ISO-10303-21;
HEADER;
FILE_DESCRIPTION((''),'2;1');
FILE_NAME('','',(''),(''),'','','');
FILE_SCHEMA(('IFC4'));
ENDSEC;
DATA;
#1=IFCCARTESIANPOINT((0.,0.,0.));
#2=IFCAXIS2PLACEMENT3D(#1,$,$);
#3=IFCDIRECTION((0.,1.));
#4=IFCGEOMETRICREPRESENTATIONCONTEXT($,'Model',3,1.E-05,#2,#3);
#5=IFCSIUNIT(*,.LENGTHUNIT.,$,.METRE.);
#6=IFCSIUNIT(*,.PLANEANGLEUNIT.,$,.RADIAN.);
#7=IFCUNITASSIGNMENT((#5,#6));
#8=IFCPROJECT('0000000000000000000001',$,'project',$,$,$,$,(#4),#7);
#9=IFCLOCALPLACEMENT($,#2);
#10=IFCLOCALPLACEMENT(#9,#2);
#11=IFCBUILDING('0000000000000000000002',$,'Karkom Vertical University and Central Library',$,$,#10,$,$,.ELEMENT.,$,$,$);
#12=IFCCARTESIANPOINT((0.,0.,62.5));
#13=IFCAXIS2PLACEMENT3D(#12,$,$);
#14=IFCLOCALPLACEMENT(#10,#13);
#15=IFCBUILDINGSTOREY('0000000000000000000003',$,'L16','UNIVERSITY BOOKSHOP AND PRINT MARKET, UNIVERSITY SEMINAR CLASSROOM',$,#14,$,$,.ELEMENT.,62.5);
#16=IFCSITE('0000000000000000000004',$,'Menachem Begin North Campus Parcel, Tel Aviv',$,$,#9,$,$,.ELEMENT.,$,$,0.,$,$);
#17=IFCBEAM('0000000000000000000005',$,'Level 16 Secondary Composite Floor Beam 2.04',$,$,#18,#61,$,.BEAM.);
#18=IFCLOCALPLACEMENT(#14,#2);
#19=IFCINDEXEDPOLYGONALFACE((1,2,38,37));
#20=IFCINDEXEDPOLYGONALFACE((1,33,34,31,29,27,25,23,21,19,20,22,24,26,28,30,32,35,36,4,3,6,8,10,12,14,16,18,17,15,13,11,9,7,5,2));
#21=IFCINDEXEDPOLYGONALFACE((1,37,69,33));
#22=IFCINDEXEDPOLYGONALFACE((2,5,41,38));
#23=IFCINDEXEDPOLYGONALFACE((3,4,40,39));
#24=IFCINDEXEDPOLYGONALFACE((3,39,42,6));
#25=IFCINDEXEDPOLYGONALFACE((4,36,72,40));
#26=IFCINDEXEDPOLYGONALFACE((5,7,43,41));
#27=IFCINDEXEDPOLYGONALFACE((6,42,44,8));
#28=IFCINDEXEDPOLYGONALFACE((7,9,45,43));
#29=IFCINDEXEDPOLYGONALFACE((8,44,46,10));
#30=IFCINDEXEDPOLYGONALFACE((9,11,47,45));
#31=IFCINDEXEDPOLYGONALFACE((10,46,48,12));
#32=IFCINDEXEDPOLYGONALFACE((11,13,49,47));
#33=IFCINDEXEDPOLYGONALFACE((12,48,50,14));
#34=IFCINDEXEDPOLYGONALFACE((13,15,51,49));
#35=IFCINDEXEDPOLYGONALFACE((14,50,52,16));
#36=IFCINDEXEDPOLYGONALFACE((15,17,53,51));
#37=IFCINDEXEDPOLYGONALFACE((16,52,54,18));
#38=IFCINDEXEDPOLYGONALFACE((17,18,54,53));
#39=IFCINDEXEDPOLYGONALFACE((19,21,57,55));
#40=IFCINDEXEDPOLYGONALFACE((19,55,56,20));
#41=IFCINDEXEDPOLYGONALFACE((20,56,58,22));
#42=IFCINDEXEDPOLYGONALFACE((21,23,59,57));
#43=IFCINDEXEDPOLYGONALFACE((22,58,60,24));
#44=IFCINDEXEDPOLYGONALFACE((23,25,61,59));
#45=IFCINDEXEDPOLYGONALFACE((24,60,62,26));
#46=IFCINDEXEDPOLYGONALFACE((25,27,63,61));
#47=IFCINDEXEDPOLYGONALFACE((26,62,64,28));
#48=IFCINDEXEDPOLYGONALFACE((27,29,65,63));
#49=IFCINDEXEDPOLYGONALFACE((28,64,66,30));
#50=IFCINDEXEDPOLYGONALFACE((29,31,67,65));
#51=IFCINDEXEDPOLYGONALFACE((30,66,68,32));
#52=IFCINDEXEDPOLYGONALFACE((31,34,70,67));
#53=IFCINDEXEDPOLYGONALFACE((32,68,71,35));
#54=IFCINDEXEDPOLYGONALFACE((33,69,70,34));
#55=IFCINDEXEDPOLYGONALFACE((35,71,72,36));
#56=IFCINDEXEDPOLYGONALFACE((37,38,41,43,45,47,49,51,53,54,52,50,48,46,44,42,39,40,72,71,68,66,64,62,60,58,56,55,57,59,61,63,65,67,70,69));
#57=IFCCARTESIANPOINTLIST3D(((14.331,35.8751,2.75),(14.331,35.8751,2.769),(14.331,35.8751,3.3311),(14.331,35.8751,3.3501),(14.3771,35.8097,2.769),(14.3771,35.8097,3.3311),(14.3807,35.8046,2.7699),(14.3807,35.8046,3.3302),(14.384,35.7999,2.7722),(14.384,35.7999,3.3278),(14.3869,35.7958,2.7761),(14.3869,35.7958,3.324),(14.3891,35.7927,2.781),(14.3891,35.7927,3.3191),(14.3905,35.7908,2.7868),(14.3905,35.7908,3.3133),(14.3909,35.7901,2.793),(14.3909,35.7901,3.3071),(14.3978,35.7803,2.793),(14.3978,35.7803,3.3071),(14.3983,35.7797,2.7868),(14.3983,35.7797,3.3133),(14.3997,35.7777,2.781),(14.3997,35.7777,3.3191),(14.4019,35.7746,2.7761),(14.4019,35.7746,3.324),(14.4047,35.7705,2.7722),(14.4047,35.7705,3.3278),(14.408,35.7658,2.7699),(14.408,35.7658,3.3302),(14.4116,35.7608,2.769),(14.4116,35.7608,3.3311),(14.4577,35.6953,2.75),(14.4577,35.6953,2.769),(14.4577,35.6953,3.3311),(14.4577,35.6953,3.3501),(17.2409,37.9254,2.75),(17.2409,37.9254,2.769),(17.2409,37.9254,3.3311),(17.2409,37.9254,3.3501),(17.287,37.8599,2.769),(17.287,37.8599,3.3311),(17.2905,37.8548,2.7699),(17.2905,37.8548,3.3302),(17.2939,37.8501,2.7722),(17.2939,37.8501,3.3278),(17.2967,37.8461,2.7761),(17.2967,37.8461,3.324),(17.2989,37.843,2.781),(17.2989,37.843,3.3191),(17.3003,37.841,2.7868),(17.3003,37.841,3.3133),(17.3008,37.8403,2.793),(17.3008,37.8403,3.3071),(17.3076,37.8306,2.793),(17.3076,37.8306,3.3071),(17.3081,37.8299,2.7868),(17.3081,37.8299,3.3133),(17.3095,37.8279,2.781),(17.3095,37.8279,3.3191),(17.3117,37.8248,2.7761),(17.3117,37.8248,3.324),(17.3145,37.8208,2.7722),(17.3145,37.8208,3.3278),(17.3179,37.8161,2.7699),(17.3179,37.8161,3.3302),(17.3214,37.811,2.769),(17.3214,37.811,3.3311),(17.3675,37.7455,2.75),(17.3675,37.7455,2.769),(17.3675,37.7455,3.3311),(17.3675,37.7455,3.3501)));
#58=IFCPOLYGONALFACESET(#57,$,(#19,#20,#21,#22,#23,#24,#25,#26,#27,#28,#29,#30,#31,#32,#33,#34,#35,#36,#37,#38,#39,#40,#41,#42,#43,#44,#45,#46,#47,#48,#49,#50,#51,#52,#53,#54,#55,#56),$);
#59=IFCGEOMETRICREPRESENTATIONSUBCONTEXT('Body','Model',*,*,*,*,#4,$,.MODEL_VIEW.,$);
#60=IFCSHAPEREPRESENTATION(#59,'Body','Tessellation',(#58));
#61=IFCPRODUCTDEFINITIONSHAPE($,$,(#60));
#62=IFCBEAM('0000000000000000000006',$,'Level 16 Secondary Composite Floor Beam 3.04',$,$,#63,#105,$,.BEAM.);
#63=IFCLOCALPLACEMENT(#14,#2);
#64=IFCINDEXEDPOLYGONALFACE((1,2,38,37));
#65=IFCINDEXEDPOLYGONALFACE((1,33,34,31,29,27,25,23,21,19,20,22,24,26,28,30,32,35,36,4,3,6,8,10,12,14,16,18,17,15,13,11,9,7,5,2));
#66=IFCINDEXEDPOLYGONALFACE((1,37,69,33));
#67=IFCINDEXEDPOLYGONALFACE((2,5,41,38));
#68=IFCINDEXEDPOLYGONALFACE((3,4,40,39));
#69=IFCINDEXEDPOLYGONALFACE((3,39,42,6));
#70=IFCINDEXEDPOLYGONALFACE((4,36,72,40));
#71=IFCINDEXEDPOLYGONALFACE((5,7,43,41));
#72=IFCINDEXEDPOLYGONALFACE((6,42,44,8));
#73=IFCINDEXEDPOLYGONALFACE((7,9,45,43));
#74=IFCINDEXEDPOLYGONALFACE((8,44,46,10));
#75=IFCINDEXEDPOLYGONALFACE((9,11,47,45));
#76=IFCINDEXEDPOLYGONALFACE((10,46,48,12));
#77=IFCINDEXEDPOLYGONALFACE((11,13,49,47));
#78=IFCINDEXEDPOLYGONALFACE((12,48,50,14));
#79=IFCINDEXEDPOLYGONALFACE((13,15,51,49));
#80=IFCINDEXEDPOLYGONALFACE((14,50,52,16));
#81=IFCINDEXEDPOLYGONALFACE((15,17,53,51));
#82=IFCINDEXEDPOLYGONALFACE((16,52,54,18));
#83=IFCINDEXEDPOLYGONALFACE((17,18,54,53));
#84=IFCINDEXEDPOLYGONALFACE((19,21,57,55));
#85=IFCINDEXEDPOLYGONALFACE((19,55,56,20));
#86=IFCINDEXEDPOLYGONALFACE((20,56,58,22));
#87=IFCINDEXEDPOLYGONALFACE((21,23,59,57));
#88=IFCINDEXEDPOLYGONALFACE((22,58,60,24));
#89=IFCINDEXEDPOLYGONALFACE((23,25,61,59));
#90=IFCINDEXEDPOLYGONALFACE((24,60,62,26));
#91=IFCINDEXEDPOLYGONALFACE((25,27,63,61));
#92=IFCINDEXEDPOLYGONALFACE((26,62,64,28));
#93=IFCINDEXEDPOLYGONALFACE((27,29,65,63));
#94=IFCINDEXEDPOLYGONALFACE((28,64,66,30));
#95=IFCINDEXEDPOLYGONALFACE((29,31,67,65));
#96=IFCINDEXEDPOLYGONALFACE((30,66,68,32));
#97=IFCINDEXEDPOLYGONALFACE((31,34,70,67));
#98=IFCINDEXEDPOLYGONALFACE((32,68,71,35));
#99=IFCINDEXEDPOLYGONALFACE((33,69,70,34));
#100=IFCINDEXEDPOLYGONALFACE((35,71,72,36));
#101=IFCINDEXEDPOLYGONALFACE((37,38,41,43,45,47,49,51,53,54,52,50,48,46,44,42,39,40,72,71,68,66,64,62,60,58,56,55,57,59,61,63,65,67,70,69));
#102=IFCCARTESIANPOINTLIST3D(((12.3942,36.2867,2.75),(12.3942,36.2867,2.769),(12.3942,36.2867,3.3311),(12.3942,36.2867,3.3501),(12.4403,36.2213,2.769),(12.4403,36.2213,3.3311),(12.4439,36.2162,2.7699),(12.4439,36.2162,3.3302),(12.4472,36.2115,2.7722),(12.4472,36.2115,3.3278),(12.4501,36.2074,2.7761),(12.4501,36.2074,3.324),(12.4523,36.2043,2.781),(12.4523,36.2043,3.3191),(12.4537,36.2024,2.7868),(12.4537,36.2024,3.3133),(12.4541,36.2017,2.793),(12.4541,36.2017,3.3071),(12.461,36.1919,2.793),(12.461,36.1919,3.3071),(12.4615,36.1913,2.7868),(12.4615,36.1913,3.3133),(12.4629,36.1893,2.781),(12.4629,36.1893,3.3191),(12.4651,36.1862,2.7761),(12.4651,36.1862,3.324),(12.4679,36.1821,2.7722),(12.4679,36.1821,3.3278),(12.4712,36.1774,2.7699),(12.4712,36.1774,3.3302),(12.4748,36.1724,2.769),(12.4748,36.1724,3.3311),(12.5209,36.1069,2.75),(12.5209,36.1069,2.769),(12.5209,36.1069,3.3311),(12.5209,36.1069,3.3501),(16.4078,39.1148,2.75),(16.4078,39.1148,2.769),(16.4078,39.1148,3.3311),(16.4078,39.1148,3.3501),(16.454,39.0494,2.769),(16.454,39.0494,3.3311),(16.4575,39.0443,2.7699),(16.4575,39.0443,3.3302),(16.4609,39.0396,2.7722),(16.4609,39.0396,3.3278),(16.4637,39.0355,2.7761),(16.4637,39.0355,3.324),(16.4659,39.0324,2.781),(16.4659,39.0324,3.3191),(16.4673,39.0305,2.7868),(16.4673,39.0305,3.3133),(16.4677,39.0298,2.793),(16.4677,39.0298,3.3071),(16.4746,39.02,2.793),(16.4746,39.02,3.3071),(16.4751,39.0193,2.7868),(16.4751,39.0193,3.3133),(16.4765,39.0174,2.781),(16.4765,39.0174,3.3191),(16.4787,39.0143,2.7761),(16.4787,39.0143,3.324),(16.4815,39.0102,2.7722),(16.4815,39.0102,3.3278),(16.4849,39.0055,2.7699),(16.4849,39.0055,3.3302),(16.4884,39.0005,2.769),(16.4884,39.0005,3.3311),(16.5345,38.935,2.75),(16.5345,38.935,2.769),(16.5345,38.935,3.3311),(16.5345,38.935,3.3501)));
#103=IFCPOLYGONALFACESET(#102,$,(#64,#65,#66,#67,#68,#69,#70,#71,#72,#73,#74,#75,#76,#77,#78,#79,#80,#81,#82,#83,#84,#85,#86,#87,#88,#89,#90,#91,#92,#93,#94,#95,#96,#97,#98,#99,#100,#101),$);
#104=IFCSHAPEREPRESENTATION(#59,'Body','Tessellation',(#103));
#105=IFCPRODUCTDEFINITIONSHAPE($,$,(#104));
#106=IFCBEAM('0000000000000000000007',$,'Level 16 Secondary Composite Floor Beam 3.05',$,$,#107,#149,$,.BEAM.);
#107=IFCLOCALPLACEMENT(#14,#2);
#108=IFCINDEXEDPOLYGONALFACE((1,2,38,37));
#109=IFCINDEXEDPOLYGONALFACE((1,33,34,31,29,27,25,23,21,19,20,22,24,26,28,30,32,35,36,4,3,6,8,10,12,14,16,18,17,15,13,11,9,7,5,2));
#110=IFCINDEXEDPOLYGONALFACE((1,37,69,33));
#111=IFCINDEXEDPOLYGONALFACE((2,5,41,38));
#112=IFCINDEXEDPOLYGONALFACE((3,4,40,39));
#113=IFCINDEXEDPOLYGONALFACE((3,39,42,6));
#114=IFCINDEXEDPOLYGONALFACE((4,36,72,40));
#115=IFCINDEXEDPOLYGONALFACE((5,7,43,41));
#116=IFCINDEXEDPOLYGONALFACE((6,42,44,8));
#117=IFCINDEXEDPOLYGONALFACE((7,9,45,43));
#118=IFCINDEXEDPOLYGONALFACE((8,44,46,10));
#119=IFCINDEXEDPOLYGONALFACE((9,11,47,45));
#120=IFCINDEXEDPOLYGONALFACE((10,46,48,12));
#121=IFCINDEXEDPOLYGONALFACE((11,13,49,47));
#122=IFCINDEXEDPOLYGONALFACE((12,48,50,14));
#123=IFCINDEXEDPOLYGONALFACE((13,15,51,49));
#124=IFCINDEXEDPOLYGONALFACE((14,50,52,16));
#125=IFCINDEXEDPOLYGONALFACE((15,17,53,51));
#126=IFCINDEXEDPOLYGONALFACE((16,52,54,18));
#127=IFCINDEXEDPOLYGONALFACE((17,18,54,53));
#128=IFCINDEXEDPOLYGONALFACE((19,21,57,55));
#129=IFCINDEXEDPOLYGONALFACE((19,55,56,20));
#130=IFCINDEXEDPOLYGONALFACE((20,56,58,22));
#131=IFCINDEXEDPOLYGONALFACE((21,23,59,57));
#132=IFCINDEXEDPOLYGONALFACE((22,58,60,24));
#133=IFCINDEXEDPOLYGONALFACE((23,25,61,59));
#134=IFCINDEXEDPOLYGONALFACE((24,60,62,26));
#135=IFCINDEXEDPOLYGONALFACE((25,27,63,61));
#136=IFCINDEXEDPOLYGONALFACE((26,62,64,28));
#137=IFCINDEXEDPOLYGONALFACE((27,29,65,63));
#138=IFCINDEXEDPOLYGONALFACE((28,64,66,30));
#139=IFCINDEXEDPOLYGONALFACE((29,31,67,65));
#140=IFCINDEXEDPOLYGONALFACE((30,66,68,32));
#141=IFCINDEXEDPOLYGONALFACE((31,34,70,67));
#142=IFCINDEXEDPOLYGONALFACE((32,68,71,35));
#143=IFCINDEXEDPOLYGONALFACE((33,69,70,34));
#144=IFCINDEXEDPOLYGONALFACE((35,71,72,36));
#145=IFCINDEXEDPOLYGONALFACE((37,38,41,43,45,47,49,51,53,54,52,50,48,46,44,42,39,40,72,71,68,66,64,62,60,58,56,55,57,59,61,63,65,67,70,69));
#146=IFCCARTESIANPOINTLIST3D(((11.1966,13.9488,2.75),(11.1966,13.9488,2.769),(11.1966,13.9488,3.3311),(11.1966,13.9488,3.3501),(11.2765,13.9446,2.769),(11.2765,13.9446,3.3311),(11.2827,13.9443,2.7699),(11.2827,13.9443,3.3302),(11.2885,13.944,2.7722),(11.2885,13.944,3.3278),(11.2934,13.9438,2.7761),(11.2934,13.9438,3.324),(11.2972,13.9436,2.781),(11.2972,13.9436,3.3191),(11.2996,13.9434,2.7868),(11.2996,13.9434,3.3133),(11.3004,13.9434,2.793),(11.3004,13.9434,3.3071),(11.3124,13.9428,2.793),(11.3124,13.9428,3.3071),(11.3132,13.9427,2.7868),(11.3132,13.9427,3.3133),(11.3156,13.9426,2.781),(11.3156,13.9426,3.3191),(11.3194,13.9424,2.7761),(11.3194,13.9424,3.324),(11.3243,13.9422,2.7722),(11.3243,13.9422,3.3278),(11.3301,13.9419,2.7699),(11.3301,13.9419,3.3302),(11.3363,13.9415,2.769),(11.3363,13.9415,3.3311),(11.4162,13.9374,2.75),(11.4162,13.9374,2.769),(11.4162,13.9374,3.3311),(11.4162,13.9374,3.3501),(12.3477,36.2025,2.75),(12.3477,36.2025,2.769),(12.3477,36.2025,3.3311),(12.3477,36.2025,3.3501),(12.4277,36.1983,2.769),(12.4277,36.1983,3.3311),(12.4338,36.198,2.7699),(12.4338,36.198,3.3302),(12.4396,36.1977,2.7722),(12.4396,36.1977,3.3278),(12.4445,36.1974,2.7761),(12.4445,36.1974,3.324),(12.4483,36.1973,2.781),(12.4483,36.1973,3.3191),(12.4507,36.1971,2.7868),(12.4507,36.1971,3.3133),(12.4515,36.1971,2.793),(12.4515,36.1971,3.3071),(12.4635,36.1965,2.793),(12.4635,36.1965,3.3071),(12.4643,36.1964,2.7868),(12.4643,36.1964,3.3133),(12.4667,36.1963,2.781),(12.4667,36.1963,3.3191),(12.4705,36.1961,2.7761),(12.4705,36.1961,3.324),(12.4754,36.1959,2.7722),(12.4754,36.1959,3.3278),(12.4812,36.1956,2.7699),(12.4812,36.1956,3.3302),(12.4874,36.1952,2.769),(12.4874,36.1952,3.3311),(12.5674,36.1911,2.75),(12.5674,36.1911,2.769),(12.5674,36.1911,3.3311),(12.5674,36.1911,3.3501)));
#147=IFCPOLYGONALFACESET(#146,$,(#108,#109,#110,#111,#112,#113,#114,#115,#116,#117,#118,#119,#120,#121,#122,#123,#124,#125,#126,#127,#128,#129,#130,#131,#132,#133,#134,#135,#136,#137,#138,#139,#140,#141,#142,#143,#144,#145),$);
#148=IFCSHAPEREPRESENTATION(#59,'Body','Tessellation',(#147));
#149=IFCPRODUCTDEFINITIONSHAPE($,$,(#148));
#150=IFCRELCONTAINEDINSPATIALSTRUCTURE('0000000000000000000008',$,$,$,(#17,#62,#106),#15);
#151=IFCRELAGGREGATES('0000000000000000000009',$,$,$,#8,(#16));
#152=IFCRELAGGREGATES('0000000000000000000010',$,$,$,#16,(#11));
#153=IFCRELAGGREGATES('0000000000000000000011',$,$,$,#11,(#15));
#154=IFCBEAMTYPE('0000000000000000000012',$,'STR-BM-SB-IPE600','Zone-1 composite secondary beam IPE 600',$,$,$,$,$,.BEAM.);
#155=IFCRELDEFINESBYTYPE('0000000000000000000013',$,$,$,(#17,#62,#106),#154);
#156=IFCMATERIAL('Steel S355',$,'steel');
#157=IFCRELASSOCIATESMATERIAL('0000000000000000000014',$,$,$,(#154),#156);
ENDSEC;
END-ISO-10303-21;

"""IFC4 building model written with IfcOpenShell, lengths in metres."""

from ifc_helpers import new_model, si_unit, direction, frame, origin, origin_with_axes, origin_2d, place, context, subcontext, project, spatial, i_section, extrude, source, transform, mapped, material, material_profile, profile_set, type_object, element, save


model = new_model("IFC4")

# Units and contexts
model_context = context("Model", 3, precision=1e-05, world=origin(), true_north=direction((0.0, 1.0)))
body_context = subcontext(model_context, "Body", "Model", "MODEL_VIEW")
ifc_project = project(units=[si_unit("LENGTHUNIT", "METRE"), si_unit("PLANEANGLEUNIT", "RADIAN")], contexts=[model_context])

# Site, building, storey
site_placement = place(None, origin())
site = spatial("IfcSite", under=ifc_project, at=site_placement, Name="Menachem Begin North Campus Parcel, Tel Aviv", CompositionType="ELEMENT", RefElevation=0.0)
building_placement = place(site_placement, origin())
building = spatial("IfcBuilding", under=site, at=building_placement, Name="Karkom Vertical University and Central Library", CompositionType="ELEMENT")
storey_placement = place(building_placement, frame((0.0, 0.0, 62.5)))
storey = spatial("IfcBuildingStorey", under=building, at=storey_placement, Name="L16", Description="UNIVERSITY BOOKSHOP AND PRINT MARKET, UNIVERSITY SEMINAR CLASSROOM", CompositionType="ELEMENT", Elevation=62.5)

# Beams
ifc_material_1 = material(Name="Steel S355", Category="steel")
ifc_material_profile_1 = material_profile(ifc_material_1, i_section(OverallWidth=0.22, OverallDepth=0.6001, WebThickness=0.012, FlangeThickness=0.019, FilletRadius=0.0239, at=origin_2d()), Name="IPE 600")
ifc_profile_set_1 = profile_set([ifc_material_profile_1], Name="Steel S355")
beam_type_1 = type_object("IfcBeamType", Name="STR-BM-SB-IPE600", Description="Zone-1 composite secondary beam IPE 600", PredefinedType="BEAM", material=ifc_profile_set_1)
shared_shape_1 = source(origin_with_axes(), body_context, "Body", "SweptSolid", [
    extrude(i_section(OverallWidth=0.22, OverallDepth=0.6001, WebThickness=0.012, FlangeThickness=0.019, FilletRadius=0.0239, at=origin_2d()), origin(), (0.0, 0.0, 1.0), 3.5596),
])
beam_1_placement = place(storey_placement, frame((17.3042, 37.8354, 3.05), z_axis=(-0.817466, -0.575977, 0.0), x_axis=(0.575977, -0.817466, 0.0)))
element("IfcBeam", 1, at=beam_1_placement, inside=storey, type_object=beam_type_1, Name="Level 16 Secondary Composite Floor Beam 2.04", PredefinedType="BEAM", context=body_context, shape_type="MappedRepresentation", body=[
    mapped(shared_shape_1, transform((0.0, 0.0, 0.0), scale=1.0)),
])
shared_shape_2 = source(origin_with_axes(), body_context, "Body", "SweptSolid", [
    extrude(i_section(OverallWidth=0.22, OverallDepth=0.6001, WebThickness=0.012, FlangeThickness=0.019, FilletRadius=0.0239, at=origin_2d()), origin(), (0.0, 0.0, 1.0), 4.9099),
])
beam_2_placement = place(storey_placement, frame((16.4712, 39.0249, 3.05), z_axis=(-0.817453, -0.575996, 0.0), x_axis=(0.575996, -0.817453, 0.0)))
element("IfcBeam", 2, at=beam_2_placement, inside=storey, type_object=beam_type_1, Name="Level 16 Secondary Composite Floor Beam 3.04", PredefinedType="BEAM", context=body_context, shape_type="MappedRepresentation", body=[
    mapped(shared_shape_2, transform((0.0, 0.0, 0.0), scale=1.0)),
])
shared_shape_3 = source(origin_with_axes(), body_context, "Body", "SweptSolid", [
    extrude(i_section(OverallWidth=0.22, OverallDepth=0.6001, WebThickness=0.012, FlangeThickness=0.019, FilletRadius=0.0239, at=origin_2d()), origin(), (0.0, 0.0, 1.0), 22.2834),
])
beam_3_placement = place(storey_placement, frame((12.4575, 36.1968, 3.05), z_axis=(-0.051658, -0.998665, 0.0), x_axis=(0.998665, -0.051658, 0.0)))
element("IfcBeam", 3, at=beam_3_placement, inside=storey, type_object=beam_type_1, Name="Level 16 Secondary Composite Floor Beam 3.05", PredefinedType="BEAM", context=body_context, shape_type="MappedRepresentation", body=[
    mapped(shared_shape_3, transform((0.0, 0.0, 0.0), scale=1.0)),
])

save(model, "model.ifc")
